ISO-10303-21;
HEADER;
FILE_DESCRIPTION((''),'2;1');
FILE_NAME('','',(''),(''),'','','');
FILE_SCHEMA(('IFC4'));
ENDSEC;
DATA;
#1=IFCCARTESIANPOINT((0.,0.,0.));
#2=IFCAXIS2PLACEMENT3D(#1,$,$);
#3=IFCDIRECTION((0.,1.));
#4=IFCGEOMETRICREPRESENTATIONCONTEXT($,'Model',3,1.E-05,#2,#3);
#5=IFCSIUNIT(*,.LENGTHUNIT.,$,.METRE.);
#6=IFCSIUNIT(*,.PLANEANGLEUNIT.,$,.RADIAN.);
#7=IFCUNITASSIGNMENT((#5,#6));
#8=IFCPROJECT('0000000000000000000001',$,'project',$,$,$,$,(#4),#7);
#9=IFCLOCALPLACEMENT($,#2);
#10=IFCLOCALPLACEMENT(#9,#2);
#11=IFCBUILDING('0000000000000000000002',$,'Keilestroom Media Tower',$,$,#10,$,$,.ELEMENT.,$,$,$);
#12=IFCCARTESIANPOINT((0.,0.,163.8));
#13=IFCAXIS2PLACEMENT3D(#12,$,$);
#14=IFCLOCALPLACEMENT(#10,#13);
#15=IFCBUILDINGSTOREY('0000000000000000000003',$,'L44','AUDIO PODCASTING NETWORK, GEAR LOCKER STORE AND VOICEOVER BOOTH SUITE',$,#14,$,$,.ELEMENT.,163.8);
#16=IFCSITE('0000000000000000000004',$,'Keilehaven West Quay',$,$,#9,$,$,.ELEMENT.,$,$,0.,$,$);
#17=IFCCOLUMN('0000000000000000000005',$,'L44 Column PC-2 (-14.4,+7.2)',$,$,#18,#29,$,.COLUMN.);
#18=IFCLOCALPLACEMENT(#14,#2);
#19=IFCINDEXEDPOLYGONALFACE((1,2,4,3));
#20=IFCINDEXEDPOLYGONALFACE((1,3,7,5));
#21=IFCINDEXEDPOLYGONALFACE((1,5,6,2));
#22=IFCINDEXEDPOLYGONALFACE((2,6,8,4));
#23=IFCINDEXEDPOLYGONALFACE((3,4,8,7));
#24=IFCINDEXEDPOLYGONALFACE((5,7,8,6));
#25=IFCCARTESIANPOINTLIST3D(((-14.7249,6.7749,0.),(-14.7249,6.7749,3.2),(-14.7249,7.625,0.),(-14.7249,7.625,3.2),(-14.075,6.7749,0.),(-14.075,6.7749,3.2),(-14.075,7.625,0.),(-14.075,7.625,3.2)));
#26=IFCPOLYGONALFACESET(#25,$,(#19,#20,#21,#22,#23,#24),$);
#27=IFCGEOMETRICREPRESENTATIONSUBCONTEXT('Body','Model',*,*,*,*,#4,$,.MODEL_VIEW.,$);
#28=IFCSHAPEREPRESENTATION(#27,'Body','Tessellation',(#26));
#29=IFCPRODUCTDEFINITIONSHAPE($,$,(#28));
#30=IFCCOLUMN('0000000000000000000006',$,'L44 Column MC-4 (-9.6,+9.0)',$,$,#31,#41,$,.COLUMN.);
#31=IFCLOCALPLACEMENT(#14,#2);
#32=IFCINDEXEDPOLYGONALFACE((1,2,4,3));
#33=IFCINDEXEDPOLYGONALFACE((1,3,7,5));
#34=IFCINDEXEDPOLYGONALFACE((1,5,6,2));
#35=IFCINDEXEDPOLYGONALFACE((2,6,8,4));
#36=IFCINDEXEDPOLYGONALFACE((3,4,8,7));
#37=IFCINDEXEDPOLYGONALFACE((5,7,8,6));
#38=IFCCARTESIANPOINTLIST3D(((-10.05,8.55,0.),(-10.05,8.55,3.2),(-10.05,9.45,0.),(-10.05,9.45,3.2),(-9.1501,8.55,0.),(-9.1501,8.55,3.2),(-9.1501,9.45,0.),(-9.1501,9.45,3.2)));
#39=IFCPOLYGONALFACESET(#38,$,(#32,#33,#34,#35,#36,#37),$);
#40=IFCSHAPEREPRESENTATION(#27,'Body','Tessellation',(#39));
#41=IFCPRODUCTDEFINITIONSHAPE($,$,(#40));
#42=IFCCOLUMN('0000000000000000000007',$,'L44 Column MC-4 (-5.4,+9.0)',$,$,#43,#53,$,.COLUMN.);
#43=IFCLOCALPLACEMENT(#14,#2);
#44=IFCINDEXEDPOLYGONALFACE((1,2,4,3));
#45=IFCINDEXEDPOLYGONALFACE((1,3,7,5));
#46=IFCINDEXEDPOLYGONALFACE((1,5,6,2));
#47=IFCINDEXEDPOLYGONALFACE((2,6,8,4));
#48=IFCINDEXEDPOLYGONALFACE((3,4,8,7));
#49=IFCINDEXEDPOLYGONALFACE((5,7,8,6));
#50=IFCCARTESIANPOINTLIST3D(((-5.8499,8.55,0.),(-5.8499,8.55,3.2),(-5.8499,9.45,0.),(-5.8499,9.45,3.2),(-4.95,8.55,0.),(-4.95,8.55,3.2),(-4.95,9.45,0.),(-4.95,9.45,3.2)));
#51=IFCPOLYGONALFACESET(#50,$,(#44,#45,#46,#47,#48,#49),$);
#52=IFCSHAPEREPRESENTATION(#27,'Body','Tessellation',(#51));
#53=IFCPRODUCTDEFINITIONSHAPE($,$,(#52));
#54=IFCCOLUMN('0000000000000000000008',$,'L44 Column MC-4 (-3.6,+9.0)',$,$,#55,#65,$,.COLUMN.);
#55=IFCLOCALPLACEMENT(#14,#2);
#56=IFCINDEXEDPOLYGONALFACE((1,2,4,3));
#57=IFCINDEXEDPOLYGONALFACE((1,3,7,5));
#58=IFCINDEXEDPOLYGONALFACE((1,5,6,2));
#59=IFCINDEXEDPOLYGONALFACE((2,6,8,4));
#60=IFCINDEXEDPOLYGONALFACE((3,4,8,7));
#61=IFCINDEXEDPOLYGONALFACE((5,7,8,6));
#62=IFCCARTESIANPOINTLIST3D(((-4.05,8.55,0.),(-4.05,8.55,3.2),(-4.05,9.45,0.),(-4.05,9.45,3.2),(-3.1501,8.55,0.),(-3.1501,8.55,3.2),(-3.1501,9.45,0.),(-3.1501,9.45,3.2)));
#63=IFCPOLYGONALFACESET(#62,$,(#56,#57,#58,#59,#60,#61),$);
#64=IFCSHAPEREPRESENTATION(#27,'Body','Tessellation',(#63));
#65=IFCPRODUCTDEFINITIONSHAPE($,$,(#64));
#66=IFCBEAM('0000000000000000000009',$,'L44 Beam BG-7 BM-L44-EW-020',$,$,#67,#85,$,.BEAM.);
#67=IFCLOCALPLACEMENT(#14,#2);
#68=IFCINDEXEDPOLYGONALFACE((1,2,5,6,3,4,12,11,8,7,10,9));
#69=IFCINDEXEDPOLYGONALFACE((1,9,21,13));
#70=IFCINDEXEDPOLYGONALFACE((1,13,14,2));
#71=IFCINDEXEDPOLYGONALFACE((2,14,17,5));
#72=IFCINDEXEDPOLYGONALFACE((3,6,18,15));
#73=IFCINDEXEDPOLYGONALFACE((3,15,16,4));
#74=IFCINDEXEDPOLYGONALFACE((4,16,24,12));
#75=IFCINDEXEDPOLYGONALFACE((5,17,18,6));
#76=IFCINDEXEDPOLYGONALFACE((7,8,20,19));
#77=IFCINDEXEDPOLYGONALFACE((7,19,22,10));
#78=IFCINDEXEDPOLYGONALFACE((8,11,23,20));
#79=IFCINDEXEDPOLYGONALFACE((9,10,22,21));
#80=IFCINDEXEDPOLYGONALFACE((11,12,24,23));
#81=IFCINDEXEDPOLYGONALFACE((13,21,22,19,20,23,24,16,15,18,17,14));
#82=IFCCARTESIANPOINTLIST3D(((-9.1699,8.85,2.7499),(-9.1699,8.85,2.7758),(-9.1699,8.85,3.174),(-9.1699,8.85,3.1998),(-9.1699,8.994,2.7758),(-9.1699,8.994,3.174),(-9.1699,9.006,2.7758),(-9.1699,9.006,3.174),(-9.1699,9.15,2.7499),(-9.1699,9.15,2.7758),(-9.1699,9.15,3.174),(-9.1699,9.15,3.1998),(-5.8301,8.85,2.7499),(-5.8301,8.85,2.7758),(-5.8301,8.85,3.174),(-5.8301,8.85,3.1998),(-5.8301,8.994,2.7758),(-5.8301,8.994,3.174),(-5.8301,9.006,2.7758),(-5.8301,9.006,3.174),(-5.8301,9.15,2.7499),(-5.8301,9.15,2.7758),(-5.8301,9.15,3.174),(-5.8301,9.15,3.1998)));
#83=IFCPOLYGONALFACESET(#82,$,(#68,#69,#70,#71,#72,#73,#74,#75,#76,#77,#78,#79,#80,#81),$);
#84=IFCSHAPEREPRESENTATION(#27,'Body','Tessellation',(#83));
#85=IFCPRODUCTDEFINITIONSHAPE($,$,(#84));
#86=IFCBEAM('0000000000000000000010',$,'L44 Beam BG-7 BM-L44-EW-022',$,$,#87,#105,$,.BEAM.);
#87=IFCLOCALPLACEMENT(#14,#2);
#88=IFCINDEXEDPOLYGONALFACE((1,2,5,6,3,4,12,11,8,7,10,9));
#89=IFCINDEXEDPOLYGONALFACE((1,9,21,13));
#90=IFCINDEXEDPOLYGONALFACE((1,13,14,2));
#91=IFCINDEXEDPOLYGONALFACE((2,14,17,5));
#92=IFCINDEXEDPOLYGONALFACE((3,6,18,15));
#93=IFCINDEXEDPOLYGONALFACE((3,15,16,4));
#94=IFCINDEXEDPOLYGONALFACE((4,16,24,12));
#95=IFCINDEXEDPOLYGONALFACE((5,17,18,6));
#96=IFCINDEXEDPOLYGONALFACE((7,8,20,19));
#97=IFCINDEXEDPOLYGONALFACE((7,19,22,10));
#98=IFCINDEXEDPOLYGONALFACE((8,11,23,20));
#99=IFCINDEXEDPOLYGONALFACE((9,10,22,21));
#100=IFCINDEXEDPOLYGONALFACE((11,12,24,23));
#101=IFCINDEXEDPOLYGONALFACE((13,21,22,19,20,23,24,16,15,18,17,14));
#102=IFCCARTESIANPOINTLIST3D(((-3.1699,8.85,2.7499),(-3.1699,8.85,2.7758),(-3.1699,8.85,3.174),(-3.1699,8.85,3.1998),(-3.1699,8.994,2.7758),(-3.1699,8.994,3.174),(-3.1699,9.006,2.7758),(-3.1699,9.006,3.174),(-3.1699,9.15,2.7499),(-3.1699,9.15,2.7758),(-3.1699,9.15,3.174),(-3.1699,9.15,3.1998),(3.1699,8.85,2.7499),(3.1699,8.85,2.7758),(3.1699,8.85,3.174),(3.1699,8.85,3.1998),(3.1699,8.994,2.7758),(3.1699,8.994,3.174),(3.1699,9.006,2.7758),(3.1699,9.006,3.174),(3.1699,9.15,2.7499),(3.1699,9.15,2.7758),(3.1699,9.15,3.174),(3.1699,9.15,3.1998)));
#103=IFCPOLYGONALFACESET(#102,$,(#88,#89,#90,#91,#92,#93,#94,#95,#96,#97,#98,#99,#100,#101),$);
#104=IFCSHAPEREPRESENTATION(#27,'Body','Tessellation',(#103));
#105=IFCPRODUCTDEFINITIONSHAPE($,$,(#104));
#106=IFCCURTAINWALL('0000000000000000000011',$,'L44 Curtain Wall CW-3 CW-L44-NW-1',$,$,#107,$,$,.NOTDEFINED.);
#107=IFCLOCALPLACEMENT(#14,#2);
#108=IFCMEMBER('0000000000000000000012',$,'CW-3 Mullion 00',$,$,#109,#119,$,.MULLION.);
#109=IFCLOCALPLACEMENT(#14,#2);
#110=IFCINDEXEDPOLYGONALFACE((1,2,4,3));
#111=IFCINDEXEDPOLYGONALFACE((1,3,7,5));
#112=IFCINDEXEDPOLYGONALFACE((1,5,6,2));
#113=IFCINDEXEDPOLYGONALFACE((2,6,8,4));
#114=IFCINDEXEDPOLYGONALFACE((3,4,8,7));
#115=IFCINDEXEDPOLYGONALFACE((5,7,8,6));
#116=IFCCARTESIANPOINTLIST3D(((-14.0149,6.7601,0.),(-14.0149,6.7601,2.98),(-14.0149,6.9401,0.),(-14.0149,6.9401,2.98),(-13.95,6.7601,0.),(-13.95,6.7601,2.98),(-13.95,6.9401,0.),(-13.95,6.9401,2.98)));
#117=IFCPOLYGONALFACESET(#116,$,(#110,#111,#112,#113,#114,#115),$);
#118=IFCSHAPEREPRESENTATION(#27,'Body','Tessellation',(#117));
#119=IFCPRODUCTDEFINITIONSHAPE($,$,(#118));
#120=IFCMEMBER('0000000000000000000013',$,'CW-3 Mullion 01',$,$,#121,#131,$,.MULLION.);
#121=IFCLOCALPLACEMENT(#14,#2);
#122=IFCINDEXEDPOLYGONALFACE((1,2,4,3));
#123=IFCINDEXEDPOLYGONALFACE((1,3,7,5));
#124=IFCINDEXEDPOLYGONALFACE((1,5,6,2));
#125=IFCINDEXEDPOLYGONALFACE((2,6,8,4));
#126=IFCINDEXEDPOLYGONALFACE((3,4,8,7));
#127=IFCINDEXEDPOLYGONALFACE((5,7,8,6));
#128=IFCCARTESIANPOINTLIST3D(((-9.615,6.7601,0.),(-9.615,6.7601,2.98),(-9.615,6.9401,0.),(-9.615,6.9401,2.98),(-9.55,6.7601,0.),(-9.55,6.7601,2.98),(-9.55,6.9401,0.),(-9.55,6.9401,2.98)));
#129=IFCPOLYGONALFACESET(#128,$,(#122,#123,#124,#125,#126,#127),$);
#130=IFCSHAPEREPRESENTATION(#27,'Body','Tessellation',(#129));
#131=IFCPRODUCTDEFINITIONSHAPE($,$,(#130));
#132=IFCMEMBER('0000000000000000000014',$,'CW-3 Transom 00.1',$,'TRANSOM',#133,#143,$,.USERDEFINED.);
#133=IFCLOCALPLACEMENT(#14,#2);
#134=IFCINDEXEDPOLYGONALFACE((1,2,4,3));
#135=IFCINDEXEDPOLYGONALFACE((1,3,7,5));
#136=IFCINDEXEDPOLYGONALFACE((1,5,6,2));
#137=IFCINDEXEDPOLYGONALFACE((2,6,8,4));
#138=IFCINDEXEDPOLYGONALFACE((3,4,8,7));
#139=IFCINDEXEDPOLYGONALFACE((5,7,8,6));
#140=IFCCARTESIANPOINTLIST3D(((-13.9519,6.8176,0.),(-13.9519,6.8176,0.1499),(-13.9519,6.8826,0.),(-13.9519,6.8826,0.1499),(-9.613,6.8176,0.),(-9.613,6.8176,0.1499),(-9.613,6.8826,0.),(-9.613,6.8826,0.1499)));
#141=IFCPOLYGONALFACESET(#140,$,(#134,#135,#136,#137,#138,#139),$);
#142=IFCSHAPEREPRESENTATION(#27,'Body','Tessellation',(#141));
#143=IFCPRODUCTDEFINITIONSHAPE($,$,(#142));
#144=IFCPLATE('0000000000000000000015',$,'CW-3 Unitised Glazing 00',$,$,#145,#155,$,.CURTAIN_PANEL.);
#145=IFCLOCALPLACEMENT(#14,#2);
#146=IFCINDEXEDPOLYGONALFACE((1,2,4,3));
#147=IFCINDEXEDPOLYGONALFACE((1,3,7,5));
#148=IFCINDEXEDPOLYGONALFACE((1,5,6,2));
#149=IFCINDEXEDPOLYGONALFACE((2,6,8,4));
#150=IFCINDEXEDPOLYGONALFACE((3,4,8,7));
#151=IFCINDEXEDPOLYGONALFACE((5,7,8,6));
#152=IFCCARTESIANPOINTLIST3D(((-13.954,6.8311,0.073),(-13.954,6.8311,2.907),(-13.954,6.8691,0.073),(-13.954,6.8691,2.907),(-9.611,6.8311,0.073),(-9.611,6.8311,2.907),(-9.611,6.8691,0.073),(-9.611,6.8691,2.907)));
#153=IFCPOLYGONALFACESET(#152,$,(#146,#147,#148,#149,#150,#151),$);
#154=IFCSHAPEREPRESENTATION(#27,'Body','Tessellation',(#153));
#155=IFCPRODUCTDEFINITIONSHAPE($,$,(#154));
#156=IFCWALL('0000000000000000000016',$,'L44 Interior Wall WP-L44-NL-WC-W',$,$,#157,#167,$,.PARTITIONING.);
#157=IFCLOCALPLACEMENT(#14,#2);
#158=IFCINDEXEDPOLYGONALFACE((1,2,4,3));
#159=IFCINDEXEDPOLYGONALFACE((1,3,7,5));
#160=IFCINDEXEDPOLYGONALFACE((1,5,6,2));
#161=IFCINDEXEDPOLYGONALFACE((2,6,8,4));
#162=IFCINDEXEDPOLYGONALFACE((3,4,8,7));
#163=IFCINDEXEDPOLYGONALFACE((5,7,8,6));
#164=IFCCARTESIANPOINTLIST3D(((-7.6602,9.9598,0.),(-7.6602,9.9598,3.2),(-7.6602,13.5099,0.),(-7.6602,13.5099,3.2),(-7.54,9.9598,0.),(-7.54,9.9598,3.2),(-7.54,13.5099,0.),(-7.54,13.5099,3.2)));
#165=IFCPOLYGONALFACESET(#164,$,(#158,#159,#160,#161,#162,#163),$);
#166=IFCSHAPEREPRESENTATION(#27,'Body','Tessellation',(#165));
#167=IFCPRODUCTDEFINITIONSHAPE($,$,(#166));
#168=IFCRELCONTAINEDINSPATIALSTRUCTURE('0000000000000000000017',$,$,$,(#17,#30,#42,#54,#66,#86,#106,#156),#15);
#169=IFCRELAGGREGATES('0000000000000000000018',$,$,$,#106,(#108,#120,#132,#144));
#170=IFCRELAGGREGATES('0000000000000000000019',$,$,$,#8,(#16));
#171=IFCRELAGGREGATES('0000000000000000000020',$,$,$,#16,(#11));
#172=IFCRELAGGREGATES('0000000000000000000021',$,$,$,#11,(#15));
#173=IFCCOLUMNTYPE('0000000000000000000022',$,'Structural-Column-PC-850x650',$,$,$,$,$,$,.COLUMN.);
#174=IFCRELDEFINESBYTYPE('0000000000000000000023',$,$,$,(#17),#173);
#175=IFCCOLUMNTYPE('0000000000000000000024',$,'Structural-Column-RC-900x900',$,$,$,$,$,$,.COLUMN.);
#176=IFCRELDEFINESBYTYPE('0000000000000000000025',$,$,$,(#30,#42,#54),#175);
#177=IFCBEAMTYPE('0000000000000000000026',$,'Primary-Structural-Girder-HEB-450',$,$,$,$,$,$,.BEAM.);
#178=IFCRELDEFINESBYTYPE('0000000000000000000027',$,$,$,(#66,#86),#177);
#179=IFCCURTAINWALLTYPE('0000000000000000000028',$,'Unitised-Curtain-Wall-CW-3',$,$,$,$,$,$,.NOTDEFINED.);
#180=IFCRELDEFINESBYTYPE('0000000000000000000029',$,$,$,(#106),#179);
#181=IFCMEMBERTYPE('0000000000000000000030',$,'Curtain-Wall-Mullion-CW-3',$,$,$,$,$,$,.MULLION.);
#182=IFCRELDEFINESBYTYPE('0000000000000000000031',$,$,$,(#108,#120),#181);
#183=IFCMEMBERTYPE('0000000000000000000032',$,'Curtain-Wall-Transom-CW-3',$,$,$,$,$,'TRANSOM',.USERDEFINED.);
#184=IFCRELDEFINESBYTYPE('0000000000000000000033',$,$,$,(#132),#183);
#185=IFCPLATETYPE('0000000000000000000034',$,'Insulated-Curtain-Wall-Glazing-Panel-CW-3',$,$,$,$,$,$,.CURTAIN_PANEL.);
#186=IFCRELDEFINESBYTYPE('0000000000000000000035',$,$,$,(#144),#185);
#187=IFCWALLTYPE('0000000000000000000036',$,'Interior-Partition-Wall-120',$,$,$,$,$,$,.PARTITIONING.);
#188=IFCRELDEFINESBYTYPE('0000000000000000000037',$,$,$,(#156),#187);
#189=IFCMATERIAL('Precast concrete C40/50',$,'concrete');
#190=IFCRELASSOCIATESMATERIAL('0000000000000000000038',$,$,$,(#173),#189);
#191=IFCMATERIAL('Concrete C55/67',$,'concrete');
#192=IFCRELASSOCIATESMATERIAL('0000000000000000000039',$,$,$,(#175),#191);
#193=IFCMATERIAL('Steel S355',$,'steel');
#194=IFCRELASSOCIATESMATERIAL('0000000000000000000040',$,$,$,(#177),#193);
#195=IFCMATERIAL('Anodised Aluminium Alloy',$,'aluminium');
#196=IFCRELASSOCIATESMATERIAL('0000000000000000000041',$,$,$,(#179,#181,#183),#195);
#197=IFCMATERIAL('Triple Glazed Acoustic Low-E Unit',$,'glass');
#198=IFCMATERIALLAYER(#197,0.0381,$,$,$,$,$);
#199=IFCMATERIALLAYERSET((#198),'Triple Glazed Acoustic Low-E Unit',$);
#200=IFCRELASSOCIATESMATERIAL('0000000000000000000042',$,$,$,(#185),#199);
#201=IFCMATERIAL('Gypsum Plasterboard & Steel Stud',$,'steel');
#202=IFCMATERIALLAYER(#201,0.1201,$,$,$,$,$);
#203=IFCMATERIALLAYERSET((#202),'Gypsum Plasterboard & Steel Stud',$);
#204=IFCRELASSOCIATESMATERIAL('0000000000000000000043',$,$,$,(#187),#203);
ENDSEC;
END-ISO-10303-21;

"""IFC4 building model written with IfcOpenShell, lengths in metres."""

from ifc_helpers import new_model, si_unit, direction, frame, frame_2d, origin, origin_2d, place, context, subcontext, project, spatial, rectangle, i_section, extrude, source, transform, mapped, material, layer, layer_set, material_profile, profile_set, type_object, element, aggregate, save


model = new_model("IFC4")

# Units and contexts
model_context = context("Model", 3, precision=1e-05, world=origin(), true_north=direction((0.0, 1.0)))
body_context = subcontext(model_context, "Body", "Model", "MODEL_VIEW")
ifc_project = project(units=[si_unit("LENGTHUNIT", "METRE"), si_unit("PLANEANGLEUNIT", "RADIAN")], contexts=[model_context])

# Site, building, storey
site_placement = place(None, origin())
site = spatial("IfcSite", under=ifc_project, at=site_placement, Name="Keilehaven West Quay", CompositionType="ELEMENT", RefElevation=0.0)
building_placement = place(site_placement, origin())
building = spatial("IfcBuilding", under=site, at=building_placement, Name="Keilestroom Media Tower", CompositionType="ELEMENT")
storey_placement = place(building_placement, frame((0.0, 0.0, 163.8)))
storey = spatial("IfcBuildingStorey", under=building, at=storey_placement, Name="L44", Description="AUDIO PODCASTING NETWORK, GEAR LOCKER STORE AND VOICEOVER BOOTH SUITE", CompositionType="ELEMENT", Elevation=163.8)

# Columns
ifc_material_1 = material(Name="Precast concrete C40/50", Category="concrete")
ifc_material_profile_1 = material_profile(ifc_material_1, rectangle(XDim=0.6499, YDim=0.8501, at=origin_2d()), Name="PC 850x650")
ifc_profile_set_1 = profile_set([ifc_material_profile_1], Name="Precast concrete C40/50")
column_type_1 = type_object("IfcColumnType", Name="Structural-Column-PC-850x650", PredefinedType="COLUMN", material=ifc_profile_set_1)
shared_shape_1 = source(origin(), body_context, "Body", "SweptSolid", [
    extrude(rectangle(XDim=0.6499, YDim=0.8501, at=origin_2d()), origin(), (0.0, 0.0, 1.0), 3.2),
])
column_placement = place(storey_placement, frame((-14.3999, 7.2, 0.0), z_axis=(0.0, 0.0, 1.0), x_axis=(1.0, 0.0, 0.0)))
element("IfcColumn", 1, at=column_placement, inside=storey, type_object=column_type_1, Name="L44 Column PC-2 (-14.4,+7.2)", PredefinedType="COLUMN", context=body_context, shape_type="MappedRepresentation", body=[
    mapped(shared_shape_1, transform((0.0, 0.0, 0.0), x_axis=(1.0, 0.0, 0.0), y_axis=(0.0, 1.0, 0.0), z_axis=(0.0, 0.0, 1.0), scale=1.0)),
])
ifc_material_2 = material(Name="Concrete C55/67", Category="concrete")
ifc_material_profile_2 = material_profile(ifc_material_2, rectangle(XDim=0.8999, YDim=0.8999, at=origin_2d()), Name="RC 900x900")
ifc_profile_set_2 = profile_set([ifc_material_profile_2], Name="Concrete C55/67")
column_type_2 = type_object("IfcColumnType", Name="Structural-Column-RC-900x900", PredefinedType="COLUMN", material=ifc_profile_set_2)
shared_shape_2 = source(origin(), body_context, "Body", "SweptSolid", [
    extrude(rectangle(XDim=0.8999, YDim=0.8999, at=origin_2d()), origin(), (0.0, 0.0, 1.0), 3.2),
])
for number, where, z_axis, x_axis, name in (
    (2, (-9.6001, 9.0, 0.0), (0.0, 0.0, 1.0), (1.0, 0.0, 0.0), "L44 Column MC-4 (-9.6,+9.0)"),
    (3, (-5.3999, 9.0, 0.0), (0.0, 0.0, 1.0), (1.0, 0.0, 0.0), "L44 Column MC-4 (-5.4,+9.0)"),
    (4, (-3.6001, 9.0, 0.0), (0.0, 0.0, 1.0), (1.0, 0.0, 0.0), "L44 Column MC-4 (-3.6,+9.0)"),
):
    element("IfcColumn", number, at=place(storey_placement, frame(where, z_axis=z_axis, x_axis=x_axis)), inside=storey, type_object=column_type_2, Name=name, PredefinedType="COLUMN", context=body_context, shape_type="MappedRepresentation", body=[
        mapped(shared_shape_2, transform((0.0, 0.0, 0.0), x_axis=(1.0, 0.0, 0.0), y_axis=(0.0, 1.0, 0.0), z_axis=(0.0, 0.0, 1.0), scale=1.0)),
    ])

# Beams
ifc_material_3 = material(Name="Steel S355", Category="steel")
ifc_material_profile_3 = material_profile(ifc_material_3, i_section(OverallWidth=0.3, OverallDepth=0.45, WebThickness=0.012, FlangeThickness=0.0259, at=origin_2d()), Name="HEB 450")
ifc_profile_set_3 = profile_set([ifc_material_profile_3], Name="Steel S355")
beam_type = type_object("IfcBeamType", Name="Primary-Structural-Girder-HEB-450", PredefinedType="BEAM", material=ifc_profile_set_3)
shared_shape_3 = source(origin(), body_context, "Body", "SweptSolid", [
    extrude(i_section(OverallWidth=0.3, OverallDepth=0.45, WebThickness=0.012, FlangeThickness=0.0259, at=origin_2d()), origin(), (0.0, 0.0, 1.0), 3.3398),
])
beam_1_placement = place(storey_placement, frame((-9.1699, 9.0, 2.9749), z_axis=(1.0, 0.0, 0.0), x_axis=(0.0, 1.0, 0.0)))
element("IfcBeam", 5, at=beam_1_placement, inside=storey, type_object=beam_type, Name="L44 Beam BG-7 BM-L44-EW-020", PredefinedType="BEAM", context=body_context, shape_type="MappedRepresentation", body=[
    mapped(shared_shape_3, transform((0.0, 0.0, 0.0), x_axis=(1.0, 0.0, 0.0), y_axis=(0.0, 1.0, 0.0), z_axis=(0.0, 0.0, 1.0), scale=1.0)),
])
shared_shape_4 = source(origin(), body_context, "Body", "SweptSolid", [
    extrude(i_section(OverallWidth=0.3, OverallDepth=0.45, WebThickness=0.012, FlangeThickness=0.0259, at=origin_2d()), origin(), (0.0, 0.0, 1.0), 6.3398),
])
beam_2_placement = place(storey_placement, frame((-3.1699, 9.0, 2.9749), z_axis=(1.0, 0.0, 0.0), x_axis=(0.0, 1.0, 0.0)))
element("IfcBeam", 6, at=beam_2_placement, inside=storey, type_object=beam_type, Name="L44 Beam BG-7 BM-L44-EW-022", PredefinedType="BEAM", context=body_context, shape_type="MappedRepresentation", body=[
    mapped(shared_shape_4, transform((0.0, 0.0, 0.0), x_axis=(1.0, 0.0, 0.0), y_axis=(0.0, 1.0, 0.0), z_axis=(0.0, 0.0, 1.0), scale=1.0)),
])

# Curtain wall, members, plate
ifc_material_4 = material(Name="Anodised Aluminium Alloy", Category="aluminium")
curtain_wall_type = type_object("IfcCurtainWallType", Name="Unitised-Curtain-Wall-CW-3", PredefinedType="NOTDEFINED", material=ifc_material_4)
curtain_wall_placement = place(storey_placement, origin())
curtain_wall = element("IfcCurtainWall", 7, at=curtain_wall_placement, inside=storey, type_object=curtain_wall_type, Name="L44 Curtain Wall CW-3 CW-L44-NW-1", PredefinedType="NOTDEFINED")
ifc_material_profile_4 = material_profile(ifc_material_4, rectangle(XDim=0.0649, YDim=0.1799, at=origin_2d()), Name="ALU MULLION 65x180")
ifc_profile_set_4 = profile_set([ifc_material_profile_4], Name="Anodised Aluminium Alloy")
member_type_1 = type_object("IfcMemberType", Name="Curtain-Wall-Mullion-CW-3", PredefinedType="MULLION", material=ifc_profile_set_4)
shared_shape_5 = source(origin(), body_context, "Body", "SweptSolid", [
    extrude(rectangle(XDim=0.0649, YDim=0.1799, at=origin_2d()), origin(), (0.0, 0.0, 1.0), 2.98),
])
member_1_placement = place(storey_placement, frame((-13.9824, 6.8501, 0.0), z_axis=(0.0, 0.0, 1.0), x_axis=(1.0, 0.0, 0.0)))
member_1 = element("IfcMember", 8, at=member_1_placement, type_object=member_type_1, Name="CW-3 Mullion 00", PredefinedType="MULLION", context=body_context, shape_type="MappedRepresentation", body=[
    mapped(shared_shape_5, transform((0.0, 0.0, 0.0), x_axis=(1.0, 0.0, 0.0), y_axis=(0.0, 1.0, 0.0), z_axis=(0.0, 0.0, 1.0), scale=1.0)),
])
member_2_placement = place(storey_placement, frame((-9.5825, 6.8501, 0.0), z_axis=(0.0, 0.0, 1.0), x_axis=(1.0, 0.0, 0.0)))
member_2 = element("IfcMember", 9, at=member_2_placement, type_object=member_type_1, Name="CW-3 Mullion 01", PredefinedType="MULLION", context=body_context, shape_type="MappedRepresentation", body=[
    mapped(shared_shape_5, transform((0.0, 0.0, 0.0), x_axis=(1.0, 0.0, 0.0), y_axis=(0.0, 1.0, 0.0), z_axis=(0.0, 0.0, 1.0), scale=1.0)),
])
ifc_material_profile_5 = material_profile(ifc_material_4, rectangle(XDim=0.0649, YDim=0.1499, at=origin_2d()), Name="ALU TRANSOM 65x150")
ifc_profile_set_5 = profile_set([ifc_material_profile_5], Name="Anodised Aluminium Alloy")
member_type_2 = type_object("IfcMemberType", Name="Curtain-Wall-Transom-CW-3", ElementType="TRANSOM", PredefinedType="USERDEFINED", material=ifc_profile_set_5)
shared_shape_6 = source(origin(), body_context, "Body", "SweptSolid", [
    extrude(rectangle(XDim=0.0649, YDim=0.1499, at=origin_2d()), origin(), (0.0, 0.0, 1.0), 4.3389),
])
member_3_placement = place(storey_placement, frame((-13.9519, 6.8501, 0.075), z_axis=(1.0, 0.0, 0.0), x_axis=(0.0, 1.0, 0.0)))
member_3 = element("IfcMember", 10, at=member_3_placement, type_object=member_type_2, Name="CW-3 Transom 00.1", ObjectType="TRANSOM", PredefinedType="USERDEFINED", context=body_context, shape_type="MappedRepresentation", body=[
    mapped(shared_shape_6, transform((0.0, 0.0, 0.0), x_axis=(1.0, 0.0, 0.0), y_axis=(0.0, 1.0, 0.0), z_axis=(0.0, 0.0, 1.0), scale=1.0)),
])
ifc_material_5 = material(Name="Triple Glazed Acoustic Low-E Unit", Category="glass")
ifc_layer_1 = layer(ifc_material_5, 0.0381)
ifc_layer_set_1 = layer_set([ifc_layer_1], Name="Triple Glazed Acoustic Low-E Unit")
plate_type = type_object("IfcPlateType", Name="Insulated-Curtain-Wall-Glazing-Panel-CW-3", PredefinedType="CURTAIN_PANEL", material=ifc_layer_set_1)
shared_shape_7 = source(origin(), body_context, "Body", "SweptSolid", [
    extrude(rectangle(XDim=4.343, YDim=0.0381, at=origin_2d()), origin(), (0.0, 0.0, 1.0), 2.834),
])
plate_placement = place(storey_placement, frame((-11.7825, 6.8501, 0.073), z_axis=(0.0, 0.0, 1.0), x_axis=(1.0, 0.0, 0.0)))
plate = element("IfcPlate", 11, at=plate_placement, type_object=plate_type, Name="CW-3 Unitised Glazing 00", PredefinedType="CURTAIN_PANEL", context=body_context, shape_type="MappedRepresentation", body=[
    mapped(shared_shape_7, transform((0.0, 0.0, 0.0), x_axis=(1.0, 0.0, 0.0), y_axis=(0.0, 1.0, 0.0), z_axis=(0.0, 0.0, 1.0), scale=1.0)),
])
aggregate(curtain_wall, [member_1, member_2, member_3, plate])

# Wall
ifc_material_6 = material(Name="Gypsum Plasterboard & Steel Stud", Category="steel")
ifc_layer_2 = layer(ifc_material_6, 0.1201)
ifc_layer_set_2 = layer_set([ifc_layer_2], Name="Gypsum Plasterboard & Steel Stud")
wall_type_1 = type_object("IfcWallType", Name="Interior-Partition-Wall-120", PredefinedType="PARTITIONING", material=ifc_layer_set_2)
wall_1_placement = place(storey_placement, frame((-7.6001, 9.96, 0.0), z_axis=(0.0, 0.0, 1.0), x_axis=(0.0, 1.0, 0.0)))
element("IfcWall", 12, at=wall_1_placement, inside=storey, type_object=wall_type_1, Name="L44 Interior Wall WP-L44-NL-WC-W", PredefinedType="PARTITIONING", context=body_context, shape_type="SweptSolid", body=[
    extrude(rectangle(XDim=3.55, YDim=0.1201, at=frame_2d((1.7749, 0.0))), origin(), (0.0, 0.0, 1.0), 3.2),
])

save(model, "model.ifc")
